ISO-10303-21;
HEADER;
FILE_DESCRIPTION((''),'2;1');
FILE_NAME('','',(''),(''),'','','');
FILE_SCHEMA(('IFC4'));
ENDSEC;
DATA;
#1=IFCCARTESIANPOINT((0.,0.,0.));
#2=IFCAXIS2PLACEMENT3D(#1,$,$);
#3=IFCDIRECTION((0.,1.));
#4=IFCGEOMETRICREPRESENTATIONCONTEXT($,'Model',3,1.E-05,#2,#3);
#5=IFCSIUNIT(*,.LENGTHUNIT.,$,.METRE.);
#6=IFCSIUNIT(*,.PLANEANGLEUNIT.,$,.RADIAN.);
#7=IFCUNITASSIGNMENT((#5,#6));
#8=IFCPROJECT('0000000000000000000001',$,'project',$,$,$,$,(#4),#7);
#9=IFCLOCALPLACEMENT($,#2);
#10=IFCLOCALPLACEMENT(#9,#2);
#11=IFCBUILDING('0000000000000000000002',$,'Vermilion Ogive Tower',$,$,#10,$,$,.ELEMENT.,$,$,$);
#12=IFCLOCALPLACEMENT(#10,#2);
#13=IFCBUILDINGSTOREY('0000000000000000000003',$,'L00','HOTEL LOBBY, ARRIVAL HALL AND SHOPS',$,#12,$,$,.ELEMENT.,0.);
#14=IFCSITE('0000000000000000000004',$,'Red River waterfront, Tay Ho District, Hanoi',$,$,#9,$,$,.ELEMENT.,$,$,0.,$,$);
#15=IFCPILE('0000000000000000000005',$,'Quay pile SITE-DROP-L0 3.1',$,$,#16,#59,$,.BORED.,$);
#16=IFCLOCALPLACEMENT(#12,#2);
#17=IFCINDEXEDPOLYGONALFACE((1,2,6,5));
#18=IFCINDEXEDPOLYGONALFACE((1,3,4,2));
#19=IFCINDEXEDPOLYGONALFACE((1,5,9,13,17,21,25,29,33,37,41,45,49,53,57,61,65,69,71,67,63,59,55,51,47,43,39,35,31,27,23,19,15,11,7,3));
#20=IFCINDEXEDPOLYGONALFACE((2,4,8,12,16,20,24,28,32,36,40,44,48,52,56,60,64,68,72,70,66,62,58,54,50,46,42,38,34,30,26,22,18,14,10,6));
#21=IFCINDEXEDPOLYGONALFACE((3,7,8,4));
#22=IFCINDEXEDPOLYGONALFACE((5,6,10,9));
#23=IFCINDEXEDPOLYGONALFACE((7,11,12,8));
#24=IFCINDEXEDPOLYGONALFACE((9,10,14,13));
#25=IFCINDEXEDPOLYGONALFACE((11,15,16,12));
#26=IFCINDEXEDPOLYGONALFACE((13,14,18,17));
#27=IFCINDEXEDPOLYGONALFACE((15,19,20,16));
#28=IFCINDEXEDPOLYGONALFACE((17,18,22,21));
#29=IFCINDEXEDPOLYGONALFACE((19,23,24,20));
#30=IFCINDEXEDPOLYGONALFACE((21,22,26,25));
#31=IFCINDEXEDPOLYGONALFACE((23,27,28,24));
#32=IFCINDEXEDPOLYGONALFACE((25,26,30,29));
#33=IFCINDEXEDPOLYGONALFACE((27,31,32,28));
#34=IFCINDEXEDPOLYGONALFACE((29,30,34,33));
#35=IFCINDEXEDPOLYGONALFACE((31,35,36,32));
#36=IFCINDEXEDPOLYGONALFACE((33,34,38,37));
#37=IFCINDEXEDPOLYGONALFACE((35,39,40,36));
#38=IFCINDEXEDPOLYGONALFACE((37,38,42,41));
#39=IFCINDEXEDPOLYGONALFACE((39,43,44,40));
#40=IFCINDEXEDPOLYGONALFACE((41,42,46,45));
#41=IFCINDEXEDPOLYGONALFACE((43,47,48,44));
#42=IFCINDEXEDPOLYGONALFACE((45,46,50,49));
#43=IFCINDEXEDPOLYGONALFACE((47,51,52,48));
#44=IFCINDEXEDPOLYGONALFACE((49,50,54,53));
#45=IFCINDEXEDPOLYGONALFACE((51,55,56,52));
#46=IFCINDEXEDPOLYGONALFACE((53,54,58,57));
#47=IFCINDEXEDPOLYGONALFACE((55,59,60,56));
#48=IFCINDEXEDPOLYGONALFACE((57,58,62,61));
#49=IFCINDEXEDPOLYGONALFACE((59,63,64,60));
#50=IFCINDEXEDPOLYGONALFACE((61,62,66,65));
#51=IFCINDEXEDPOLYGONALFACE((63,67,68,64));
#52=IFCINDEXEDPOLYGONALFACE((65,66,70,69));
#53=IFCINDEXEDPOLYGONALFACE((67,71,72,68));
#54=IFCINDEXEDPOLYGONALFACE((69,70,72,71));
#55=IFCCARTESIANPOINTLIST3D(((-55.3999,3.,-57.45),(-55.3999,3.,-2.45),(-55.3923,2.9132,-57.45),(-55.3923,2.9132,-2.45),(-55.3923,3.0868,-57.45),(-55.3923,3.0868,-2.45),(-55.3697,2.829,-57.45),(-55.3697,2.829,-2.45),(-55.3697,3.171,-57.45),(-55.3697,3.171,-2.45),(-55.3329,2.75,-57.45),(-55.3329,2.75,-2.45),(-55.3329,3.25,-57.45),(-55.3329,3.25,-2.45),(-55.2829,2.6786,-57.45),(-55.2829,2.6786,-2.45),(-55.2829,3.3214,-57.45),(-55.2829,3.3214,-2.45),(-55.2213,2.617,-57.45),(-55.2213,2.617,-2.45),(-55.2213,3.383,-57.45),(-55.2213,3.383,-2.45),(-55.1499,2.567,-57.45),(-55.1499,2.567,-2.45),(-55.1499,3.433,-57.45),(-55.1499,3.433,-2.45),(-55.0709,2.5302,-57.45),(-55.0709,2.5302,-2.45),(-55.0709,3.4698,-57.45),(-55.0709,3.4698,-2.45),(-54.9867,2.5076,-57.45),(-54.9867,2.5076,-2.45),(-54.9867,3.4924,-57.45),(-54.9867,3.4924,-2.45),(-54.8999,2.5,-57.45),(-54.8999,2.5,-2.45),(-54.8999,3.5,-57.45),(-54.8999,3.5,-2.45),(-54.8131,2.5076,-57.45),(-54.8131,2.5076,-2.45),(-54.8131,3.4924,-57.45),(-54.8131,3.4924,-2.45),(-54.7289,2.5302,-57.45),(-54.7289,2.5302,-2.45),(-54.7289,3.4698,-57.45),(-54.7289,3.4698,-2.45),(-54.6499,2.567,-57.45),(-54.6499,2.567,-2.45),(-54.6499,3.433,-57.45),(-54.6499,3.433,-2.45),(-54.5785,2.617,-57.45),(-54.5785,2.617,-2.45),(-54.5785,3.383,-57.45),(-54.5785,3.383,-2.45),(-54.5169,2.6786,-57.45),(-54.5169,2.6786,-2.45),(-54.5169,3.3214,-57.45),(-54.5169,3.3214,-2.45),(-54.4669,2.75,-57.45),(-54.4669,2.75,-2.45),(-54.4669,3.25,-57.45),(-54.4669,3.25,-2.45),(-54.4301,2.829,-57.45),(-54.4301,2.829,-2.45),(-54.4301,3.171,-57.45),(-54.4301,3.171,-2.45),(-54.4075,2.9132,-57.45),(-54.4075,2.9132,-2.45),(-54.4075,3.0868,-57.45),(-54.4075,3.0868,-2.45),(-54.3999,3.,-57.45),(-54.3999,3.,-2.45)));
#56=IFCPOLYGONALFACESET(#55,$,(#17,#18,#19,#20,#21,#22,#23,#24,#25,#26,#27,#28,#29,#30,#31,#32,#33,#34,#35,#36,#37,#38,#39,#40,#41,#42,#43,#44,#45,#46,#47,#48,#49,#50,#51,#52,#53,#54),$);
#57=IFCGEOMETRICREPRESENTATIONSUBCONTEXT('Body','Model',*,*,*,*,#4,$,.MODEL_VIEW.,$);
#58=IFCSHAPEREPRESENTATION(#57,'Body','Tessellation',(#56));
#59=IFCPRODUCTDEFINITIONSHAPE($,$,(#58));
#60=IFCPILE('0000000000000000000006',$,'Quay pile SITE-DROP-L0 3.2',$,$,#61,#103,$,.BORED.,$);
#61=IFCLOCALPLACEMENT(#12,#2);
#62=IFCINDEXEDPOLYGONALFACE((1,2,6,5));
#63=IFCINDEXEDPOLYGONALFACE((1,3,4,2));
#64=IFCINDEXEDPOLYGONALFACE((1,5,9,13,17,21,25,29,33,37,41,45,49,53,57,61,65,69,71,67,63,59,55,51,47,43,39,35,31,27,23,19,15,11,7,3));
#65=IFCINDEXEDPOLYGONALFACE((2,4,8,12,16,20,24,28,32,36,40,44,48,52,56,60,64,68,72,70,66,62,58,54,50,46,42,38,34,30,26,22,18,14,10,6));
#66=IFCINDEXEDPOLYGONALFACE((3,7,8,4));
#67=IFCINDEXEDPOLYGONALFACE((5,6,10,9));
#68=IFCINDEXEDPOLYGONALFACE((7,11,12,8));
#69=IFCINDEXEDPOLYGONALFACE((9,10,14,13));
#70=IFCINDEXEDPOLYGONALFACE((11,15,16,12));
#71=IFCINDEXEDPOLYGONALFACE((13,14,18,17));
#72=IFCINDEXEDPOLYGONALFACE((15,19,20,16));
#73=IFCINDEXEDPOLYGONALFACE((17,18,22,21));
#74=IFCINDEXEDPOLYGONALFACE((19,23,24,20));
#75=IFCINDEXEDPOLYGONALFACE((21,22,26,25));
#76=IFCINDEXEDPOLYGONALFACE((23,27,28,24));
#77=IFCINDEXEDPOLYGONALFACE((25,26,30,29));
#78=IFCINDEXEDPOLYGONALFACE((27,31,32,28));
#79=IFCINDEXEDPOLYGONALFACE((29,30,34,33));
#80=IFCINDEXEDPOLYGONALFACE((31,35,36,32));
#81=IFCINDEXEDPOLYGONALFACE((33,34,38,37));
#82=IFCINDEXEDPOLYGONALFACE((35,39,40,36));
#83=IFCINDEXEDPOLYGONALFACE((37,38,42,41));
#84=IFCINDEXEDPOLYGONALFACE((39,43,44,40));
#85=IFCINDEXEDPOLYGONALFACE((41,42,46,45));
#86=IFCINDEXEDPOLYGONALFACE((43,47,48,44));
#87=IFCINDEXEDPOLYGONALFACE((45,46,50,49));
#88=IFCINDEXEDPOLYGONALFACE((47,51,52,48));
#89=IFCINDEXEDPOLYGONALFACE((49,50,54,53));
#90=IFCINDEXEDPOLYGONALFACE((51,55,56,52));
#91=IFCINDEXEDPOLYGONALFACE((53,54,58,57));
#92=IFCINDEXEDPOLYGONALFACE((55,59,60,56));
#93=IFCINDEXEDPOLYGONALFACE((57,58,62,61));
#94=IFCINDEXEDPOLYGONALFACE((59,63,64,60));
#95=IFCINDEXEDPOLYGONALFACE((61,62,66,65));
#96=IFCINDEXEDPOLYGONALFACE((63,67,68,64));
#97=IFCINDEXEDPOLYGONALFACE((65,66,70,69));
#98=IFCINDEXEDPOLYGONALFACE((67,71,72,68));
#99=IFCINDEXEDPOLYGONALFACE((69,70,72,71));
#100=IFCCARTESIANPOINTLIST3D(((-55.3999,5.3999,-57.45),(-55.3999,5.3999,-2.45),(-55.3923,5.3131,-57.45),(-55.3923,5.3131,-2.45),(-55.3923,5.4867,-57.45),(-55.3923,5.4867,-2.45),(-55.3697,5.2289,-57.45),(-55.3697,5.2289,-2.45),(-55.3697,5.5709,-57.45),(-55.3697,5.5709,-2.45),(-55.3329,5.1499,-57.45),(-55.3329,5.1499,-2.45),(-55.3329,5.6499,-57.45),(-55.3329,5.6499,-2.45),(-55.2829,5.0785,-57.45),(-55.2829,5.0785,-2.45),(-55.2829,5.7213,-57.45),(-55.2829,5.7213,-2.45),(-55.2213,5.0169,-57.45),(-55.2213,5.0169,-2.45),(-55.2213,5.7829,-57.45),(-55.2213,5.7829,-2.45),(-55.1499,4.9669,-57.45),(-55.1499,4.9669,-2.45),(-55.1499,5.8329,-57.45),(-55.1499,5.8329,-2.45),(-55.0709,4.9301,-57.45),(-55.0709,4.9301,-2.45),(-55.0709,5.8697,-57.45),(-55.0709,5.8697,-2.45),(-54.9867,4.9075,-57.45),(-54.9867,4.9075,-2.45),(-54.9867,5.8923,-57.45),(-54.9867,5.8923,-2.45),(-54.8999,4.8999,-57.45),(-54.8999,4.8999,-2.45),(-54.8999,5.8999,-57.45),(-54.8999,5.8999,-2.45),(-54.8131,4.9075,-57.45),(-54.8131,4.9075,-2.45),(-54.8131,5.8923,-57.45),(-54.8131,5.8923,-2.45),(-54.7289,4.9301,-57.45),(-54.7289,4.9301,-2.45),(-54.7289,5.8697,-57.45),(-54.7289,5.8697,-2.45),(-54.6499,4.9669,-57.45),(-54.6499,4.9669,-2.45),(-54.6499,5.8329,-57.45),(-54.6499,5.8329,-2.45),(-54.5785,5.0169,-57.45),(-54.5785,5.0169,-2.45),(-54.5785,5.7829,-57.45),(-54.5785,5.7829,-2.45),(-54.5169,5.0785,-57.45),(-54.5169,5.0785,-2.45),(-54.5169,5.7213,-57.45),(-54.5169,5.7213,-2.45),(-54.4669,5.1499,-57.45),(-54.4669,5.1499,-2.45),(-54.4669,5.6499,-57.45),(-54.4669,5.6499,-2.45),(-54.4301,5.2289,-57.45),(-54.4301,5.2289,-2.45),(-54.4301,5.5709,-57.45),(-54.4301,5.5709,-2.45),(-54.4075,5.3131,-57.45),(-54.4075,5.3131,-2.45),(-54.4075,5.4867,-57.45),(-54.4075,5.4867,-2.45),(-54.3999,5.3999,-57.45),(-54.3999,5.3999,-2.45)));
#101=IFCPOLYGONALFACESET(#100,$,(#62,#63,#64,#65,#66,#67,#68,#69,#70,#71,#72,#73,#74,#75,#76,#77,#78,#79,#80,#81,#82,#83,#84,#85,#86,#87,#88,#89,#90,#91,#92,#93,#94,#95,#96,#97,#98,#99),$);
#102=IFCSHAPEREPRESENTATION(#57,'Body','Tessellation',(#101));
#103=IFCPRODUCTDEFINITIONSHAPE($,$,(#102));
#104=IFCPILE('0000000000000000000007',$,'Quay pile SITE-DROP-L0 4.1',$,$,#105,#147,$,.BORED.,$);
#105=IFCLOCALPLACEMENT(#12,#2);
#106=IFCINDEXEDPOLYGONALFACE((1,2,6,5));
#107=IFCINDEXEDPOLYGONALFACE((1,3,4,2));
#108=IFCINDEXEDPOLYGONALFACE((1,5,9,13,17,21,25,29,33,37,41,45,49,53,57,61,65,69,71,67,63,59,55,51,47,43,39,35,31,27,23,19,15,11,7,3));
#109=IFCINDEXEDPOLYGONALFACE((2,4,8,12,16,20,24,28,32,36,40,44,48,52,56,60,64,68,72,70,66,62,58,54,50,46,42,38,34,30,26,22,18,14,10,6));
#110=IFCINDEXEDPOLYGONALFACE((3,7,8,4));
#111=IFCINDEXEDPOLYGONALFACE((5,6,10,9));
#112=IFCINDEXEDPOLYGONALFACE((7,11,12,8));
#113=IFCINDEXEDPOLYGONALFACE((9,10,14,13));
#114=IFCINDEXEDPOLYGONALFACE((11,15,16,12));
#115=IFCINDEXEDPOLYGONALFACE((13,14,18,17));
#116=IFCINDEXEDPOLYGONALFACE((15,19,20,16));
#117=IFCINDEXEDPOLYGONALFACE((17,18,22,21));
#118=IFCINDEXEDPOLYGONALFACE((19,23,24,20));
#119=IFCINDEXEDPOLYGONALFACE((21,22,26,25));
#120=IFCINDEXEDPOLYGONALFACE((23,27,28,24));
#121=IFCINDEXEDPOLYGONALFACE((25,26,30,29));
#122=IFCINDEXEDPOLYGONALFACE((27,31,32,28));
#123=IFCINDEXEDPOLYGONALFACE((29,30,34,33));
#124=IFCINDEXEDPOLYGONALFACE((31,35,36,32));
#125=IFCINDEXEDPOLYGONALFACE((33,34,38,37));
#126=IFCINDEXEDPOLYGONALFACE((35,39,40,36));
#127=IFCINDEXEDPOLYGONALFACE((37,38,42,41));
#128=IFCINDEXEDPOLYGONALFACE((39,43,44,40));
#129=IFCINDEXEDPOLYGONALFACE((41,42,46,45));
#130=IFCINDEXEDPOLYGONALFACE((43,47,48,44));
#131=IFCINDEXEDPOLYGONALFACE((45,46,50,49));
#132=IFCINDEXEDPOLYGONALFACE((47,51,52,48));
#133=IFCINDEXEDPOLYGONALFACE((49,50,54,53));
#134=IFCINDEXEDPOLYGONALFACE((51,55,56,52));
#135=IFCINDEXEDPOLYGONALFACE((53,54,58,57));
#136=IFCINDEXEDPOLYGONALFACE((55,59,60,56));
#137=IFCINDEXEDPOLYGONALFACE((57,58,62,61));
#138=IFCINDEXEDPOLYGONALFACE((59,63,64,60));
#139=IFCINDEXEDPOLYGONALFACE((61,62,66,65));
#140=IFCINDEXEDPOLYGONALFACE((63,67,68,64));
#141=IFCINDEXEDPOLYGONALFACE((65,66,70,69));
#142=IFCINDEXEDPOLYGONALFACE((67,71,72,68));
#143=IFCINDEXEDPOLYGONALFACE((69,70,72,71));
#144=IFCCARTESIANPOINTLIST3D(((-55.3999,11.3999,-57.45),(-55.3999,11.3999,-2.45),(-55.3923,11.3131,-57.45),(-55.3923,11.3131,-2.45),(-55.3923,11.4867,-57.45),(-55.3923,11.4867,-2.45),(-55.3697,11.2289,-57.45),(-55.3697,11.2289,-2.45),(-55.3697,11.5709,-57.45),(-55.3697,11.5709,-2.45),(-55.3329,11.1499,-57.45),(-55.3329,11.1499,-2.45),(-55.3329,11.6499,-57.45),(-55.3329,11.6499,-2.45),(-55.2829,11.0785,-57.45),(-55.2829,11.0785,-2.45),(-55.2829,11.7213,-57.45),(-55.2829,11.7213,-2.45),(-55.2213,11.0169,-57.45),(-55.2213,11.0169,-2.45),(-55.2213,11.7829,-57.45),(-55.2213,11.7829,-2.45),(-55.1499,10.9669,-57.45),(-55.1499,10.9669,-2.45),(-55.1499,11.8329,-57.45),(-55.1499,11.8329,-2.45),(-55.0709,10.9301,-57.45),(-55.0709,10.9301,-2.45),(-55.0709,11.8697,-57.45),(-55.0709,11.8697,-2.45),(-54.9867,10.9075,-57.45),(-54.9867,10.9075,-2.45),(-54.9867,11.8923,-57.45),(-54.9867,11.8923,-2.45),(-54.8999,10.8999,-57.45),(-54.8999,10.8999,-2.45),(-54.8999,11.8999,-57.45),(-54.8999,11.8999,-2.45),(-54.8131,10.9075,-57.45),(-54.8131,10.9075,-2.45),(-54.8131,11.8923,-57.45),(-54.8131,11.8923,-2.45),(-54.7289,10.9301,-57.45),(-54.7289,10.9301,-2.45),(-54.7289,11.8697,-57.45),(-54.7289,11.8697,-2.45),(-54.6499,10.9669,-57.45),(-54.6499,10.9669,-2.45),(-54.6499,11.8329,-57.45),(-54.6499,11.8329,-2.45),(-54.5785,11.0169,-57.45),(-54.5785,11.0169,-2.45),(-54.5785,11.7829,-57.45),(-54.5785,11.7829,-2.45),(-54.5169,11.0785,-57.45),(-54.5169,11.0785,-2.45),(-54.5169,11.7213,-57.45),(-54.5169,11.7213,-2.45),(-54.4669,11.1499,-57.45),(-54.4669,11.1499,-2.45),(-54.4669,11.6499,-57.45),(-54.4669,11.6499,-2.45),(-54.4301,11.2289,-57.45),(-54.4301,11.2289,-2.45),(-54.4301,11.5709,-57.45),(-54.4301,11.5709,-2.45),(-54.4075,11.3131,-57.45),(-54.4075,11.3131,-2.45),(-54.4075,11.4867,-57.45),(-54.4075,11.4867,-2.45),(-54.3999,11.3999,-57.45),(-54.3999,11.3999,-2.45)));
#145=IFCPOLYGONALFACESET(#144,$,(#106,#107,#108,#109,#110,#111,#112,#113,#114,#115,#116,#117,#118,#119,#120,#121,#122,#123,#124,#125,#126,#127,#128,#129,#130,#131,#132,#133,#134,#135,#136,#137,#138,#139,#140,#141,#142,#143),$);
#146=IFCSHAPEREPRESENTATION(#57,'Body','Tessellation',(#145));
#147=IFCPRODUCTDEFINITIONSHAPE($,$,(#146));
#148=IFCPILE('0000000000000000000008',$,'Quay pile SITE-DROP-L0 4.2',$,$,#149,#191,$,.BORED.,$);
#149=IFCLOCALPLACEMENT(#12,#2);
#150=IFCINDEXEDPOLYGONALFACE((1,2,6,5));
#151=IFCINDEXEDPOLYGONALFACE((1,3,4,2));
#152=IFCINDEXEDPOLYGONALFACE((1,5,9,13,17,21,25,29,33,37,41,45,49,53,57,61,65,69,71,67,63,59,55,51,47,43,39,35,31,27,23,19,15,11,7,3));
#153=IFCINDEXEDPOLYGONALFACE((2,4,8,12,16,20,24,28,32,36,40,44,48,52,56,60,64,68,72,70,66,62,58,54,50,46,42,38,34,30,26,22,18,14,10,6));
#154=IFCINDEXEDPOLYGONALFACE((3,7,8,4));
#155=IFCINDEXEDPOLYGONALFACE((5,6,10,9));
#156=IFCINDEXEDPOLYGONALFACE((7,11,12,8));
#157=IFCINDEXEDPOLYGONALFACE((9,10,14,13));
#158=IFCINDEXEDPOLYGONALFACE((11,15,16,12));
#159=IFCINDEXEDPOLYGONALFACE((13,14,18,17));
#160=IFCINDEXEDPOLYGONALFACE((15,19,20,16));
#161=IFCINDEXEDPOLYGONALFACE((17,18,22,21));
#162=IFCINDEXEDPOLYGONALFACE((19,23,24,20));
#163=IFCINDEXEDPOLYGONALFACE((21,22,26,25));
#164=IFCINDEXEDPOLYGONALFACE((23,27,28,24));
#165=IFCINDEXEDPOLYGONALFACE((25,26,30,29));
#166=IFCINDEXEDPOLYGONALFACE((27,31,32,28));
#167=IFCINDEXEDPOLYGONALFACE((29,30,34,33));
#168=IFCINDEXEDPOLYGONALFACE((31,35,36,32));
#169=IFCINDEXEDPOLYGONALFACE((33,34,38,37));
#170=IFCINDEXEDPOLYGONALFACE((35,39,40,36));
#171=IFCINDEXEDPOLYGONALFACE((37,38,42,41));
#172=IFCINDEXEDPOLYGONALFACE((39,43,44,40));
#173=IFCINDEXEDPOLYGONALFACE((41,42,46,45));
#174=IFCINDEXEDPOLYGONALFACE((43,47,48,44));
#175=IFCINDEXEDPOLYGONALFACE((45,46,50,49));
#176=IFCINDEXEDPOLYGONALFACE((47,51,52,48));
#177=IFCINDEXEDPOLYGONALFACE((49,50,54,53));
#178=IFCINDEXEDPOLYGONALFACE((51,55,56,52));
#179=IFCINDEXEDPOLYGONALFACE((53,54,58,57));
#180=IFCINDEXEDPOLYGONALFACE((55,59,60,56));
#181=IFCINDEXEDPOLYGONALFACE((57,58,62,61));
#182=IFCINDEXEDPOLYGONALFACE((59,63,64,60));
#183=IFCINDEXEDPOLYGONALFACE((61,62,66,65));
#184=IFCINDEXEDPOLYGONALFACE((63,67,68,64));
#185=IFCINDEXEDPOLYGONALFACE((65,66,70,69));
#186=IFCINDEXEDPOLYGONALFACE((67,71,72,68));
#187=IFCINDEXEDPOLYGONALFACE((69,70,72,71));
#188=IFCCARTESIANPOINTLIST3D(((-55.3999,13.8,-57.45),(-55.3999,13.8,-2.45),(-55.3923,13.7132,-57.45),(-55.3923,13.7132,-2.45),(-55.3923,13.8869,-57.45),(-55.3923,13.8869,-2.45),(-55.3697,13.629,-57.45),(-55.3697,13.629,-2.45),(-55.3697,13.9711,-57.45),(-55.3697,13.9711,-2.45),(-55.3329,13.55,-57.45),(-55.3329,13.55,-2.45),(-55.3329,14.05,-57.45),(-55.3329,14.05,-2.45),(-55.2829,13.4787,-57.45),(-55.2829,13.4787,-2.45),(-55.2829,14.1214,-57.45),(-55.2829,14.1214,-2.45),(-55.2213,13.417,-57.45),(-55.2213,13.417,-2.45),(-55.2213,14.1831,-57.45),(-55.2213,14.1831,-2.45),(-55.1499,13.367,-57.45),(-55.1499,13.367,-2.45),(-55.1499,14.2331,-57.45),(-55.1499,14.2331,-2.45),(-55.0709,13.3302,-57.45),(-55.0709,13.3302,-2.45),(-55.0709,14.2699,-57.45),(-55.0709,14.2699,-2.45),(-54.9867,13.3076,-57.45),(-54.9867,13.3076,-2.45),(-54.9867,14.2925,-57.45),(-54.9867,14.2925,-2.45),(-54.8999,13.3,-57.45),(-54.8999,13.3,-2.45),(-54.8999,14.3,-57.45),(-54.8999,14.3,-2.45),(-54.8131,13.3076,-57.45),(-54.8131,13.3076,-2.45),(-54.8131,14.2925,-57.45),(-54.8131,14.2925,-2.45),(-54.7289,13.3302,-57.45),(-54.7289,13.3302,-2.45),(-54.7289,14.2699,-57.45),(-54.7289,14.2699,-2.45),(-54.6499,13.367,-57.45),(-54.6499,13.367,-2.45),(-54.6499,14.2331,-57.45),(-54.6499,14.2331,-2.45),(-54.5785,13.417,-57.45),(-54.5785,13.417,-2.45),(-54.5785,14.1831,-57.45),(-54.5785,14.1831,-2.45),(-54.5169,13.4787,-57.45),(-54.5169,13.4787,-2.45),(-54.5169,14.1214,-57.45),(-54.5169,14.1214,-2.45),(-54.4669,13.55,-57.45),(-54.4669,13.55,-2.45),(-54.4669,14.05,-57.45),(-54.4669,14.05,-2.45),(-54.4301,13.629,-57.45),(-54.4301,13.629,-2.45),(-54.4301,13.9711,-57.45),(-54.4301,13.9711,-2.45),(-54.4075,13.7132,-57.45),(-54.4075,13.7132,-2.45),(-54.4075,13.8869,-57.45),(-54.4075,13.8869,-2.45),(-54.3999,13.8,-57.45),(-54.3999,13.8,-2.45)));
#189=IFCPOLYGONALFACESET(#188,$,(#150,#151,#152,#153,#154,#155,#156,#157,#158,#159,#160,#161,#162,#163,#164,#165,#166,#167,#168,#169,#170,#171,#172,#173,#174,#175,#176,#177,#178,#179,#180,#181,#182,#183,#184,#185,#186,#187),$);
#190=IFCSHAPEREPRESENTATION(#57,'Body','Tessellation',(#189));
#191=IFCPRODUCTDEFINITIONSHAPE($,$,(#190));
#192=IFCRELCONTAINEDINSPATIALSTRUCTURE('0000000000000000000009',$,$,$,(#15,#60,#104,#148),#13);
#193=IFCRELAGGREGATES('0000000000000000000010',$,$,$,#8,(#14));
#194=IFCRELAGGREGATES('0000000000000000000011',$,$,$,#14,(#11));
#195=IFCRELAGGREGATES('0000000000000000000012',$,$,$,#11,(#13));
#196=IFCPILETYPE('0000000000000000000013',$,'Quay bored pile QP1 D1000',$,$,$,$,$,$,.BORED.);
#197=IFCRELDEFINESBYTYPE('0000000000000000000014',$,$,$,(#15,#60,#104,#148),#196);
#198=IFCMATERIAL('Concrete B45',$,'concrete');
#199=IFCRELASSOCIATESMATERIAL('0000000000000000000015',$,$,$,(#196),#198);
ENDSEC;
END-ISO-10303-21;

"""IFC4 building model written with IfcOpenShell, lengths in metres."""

from ifc_helpers import new_model, si_unit, direction, frame, origin, origin_2d, place, context, subcontext, project, spatial, circle, extrude, material, type_object, element, save


model = new_model("IFC4")

# Units and contexts
model_context = context("Model", 3, precision=1e-05, world=origin(), true_north=direction((0.0, 1.0)))
body_context = subcontext(model_context, "Body", "Model", "MODEL_VIEW")
ifc_project = project(units=[si_unit("LENGTHUNIT", "METRE"), si_unit("PLANEANGLEUNIT", "RADIAN")], contexts=[model_context])

# Site, building, storey
site_placement = place(None, origin())
site = spatial("IfcSite", under=ifc_project, at=site_placement, Name="Red River waterfront, Tay Ho District, Hanoi", CompositionType="ELEMENT", RefElevation=0.0)
building_placement = place(site_placement, origin())
building = spatial("IfcBuilding", under=site, at=building_placement, Name="Vermilion Ogive Tower", CompositionType="ELEMENT")
storey_placement = place(building_placement, origin())
storey = spatial("IfcBuildingStorey", under=building, at=storey_placement, Name="L00", Description="HOTEL LOBBY, ARRIVAL HALL AND SHOPS", CompositionType="ELEMENT", Elevation=0.0)

# Piles
ifc_material_1 = material(Name="Concrete B45", Category="concrete")
pile_type = type_object("IfcPileType", Name="Quay bored pile QP1 D1000", PredefinedType="BORED", material=ifc_material_1)
for number, where, z_axis, x_axis, name in (
    (1, (-54.8999, 3.0, -2.45), (0.0, 0.0, -1.0), (1.0, 0.0, 0.0), "Quay pile SITE-DROP-L0 3.1"),
    (2, (-54.8999, 5.3999, -2.45), (0.0, 0.0, -1.0), (1.0, 0.0, 0.0), "Quay pile SITE-DROP-L0 3.2"),
    (3, (-54.8999, 11.3999, -2.45), (0.0, 0.0, -1.0), (1.0, 0.0, 0.0), "Quay pile SITE-DROP-L0 4.1"),
    (4, (-54.8999, 13.8, -2.45), (0.0, 0.0, -1.0), (1.0, 0.0, 0.0), "Quay pile SITE-DROP-L0 4.2"),
):
    element("IfcPile", number, at=place(storey_placement, frame(where, z_axis=z_axis, x_axis=x_axis)), inside=storey, type_object=pile_type, Name=name, PredefinedType="BORED", context=body_context, shape_type="SweptSolid", body=[
        extrude(circle(Radius=0.5, at=origin_2d()), origin(), (0.0, 0.0, 1.0), 55.0),
    ])

save(model, "model.ifc")
